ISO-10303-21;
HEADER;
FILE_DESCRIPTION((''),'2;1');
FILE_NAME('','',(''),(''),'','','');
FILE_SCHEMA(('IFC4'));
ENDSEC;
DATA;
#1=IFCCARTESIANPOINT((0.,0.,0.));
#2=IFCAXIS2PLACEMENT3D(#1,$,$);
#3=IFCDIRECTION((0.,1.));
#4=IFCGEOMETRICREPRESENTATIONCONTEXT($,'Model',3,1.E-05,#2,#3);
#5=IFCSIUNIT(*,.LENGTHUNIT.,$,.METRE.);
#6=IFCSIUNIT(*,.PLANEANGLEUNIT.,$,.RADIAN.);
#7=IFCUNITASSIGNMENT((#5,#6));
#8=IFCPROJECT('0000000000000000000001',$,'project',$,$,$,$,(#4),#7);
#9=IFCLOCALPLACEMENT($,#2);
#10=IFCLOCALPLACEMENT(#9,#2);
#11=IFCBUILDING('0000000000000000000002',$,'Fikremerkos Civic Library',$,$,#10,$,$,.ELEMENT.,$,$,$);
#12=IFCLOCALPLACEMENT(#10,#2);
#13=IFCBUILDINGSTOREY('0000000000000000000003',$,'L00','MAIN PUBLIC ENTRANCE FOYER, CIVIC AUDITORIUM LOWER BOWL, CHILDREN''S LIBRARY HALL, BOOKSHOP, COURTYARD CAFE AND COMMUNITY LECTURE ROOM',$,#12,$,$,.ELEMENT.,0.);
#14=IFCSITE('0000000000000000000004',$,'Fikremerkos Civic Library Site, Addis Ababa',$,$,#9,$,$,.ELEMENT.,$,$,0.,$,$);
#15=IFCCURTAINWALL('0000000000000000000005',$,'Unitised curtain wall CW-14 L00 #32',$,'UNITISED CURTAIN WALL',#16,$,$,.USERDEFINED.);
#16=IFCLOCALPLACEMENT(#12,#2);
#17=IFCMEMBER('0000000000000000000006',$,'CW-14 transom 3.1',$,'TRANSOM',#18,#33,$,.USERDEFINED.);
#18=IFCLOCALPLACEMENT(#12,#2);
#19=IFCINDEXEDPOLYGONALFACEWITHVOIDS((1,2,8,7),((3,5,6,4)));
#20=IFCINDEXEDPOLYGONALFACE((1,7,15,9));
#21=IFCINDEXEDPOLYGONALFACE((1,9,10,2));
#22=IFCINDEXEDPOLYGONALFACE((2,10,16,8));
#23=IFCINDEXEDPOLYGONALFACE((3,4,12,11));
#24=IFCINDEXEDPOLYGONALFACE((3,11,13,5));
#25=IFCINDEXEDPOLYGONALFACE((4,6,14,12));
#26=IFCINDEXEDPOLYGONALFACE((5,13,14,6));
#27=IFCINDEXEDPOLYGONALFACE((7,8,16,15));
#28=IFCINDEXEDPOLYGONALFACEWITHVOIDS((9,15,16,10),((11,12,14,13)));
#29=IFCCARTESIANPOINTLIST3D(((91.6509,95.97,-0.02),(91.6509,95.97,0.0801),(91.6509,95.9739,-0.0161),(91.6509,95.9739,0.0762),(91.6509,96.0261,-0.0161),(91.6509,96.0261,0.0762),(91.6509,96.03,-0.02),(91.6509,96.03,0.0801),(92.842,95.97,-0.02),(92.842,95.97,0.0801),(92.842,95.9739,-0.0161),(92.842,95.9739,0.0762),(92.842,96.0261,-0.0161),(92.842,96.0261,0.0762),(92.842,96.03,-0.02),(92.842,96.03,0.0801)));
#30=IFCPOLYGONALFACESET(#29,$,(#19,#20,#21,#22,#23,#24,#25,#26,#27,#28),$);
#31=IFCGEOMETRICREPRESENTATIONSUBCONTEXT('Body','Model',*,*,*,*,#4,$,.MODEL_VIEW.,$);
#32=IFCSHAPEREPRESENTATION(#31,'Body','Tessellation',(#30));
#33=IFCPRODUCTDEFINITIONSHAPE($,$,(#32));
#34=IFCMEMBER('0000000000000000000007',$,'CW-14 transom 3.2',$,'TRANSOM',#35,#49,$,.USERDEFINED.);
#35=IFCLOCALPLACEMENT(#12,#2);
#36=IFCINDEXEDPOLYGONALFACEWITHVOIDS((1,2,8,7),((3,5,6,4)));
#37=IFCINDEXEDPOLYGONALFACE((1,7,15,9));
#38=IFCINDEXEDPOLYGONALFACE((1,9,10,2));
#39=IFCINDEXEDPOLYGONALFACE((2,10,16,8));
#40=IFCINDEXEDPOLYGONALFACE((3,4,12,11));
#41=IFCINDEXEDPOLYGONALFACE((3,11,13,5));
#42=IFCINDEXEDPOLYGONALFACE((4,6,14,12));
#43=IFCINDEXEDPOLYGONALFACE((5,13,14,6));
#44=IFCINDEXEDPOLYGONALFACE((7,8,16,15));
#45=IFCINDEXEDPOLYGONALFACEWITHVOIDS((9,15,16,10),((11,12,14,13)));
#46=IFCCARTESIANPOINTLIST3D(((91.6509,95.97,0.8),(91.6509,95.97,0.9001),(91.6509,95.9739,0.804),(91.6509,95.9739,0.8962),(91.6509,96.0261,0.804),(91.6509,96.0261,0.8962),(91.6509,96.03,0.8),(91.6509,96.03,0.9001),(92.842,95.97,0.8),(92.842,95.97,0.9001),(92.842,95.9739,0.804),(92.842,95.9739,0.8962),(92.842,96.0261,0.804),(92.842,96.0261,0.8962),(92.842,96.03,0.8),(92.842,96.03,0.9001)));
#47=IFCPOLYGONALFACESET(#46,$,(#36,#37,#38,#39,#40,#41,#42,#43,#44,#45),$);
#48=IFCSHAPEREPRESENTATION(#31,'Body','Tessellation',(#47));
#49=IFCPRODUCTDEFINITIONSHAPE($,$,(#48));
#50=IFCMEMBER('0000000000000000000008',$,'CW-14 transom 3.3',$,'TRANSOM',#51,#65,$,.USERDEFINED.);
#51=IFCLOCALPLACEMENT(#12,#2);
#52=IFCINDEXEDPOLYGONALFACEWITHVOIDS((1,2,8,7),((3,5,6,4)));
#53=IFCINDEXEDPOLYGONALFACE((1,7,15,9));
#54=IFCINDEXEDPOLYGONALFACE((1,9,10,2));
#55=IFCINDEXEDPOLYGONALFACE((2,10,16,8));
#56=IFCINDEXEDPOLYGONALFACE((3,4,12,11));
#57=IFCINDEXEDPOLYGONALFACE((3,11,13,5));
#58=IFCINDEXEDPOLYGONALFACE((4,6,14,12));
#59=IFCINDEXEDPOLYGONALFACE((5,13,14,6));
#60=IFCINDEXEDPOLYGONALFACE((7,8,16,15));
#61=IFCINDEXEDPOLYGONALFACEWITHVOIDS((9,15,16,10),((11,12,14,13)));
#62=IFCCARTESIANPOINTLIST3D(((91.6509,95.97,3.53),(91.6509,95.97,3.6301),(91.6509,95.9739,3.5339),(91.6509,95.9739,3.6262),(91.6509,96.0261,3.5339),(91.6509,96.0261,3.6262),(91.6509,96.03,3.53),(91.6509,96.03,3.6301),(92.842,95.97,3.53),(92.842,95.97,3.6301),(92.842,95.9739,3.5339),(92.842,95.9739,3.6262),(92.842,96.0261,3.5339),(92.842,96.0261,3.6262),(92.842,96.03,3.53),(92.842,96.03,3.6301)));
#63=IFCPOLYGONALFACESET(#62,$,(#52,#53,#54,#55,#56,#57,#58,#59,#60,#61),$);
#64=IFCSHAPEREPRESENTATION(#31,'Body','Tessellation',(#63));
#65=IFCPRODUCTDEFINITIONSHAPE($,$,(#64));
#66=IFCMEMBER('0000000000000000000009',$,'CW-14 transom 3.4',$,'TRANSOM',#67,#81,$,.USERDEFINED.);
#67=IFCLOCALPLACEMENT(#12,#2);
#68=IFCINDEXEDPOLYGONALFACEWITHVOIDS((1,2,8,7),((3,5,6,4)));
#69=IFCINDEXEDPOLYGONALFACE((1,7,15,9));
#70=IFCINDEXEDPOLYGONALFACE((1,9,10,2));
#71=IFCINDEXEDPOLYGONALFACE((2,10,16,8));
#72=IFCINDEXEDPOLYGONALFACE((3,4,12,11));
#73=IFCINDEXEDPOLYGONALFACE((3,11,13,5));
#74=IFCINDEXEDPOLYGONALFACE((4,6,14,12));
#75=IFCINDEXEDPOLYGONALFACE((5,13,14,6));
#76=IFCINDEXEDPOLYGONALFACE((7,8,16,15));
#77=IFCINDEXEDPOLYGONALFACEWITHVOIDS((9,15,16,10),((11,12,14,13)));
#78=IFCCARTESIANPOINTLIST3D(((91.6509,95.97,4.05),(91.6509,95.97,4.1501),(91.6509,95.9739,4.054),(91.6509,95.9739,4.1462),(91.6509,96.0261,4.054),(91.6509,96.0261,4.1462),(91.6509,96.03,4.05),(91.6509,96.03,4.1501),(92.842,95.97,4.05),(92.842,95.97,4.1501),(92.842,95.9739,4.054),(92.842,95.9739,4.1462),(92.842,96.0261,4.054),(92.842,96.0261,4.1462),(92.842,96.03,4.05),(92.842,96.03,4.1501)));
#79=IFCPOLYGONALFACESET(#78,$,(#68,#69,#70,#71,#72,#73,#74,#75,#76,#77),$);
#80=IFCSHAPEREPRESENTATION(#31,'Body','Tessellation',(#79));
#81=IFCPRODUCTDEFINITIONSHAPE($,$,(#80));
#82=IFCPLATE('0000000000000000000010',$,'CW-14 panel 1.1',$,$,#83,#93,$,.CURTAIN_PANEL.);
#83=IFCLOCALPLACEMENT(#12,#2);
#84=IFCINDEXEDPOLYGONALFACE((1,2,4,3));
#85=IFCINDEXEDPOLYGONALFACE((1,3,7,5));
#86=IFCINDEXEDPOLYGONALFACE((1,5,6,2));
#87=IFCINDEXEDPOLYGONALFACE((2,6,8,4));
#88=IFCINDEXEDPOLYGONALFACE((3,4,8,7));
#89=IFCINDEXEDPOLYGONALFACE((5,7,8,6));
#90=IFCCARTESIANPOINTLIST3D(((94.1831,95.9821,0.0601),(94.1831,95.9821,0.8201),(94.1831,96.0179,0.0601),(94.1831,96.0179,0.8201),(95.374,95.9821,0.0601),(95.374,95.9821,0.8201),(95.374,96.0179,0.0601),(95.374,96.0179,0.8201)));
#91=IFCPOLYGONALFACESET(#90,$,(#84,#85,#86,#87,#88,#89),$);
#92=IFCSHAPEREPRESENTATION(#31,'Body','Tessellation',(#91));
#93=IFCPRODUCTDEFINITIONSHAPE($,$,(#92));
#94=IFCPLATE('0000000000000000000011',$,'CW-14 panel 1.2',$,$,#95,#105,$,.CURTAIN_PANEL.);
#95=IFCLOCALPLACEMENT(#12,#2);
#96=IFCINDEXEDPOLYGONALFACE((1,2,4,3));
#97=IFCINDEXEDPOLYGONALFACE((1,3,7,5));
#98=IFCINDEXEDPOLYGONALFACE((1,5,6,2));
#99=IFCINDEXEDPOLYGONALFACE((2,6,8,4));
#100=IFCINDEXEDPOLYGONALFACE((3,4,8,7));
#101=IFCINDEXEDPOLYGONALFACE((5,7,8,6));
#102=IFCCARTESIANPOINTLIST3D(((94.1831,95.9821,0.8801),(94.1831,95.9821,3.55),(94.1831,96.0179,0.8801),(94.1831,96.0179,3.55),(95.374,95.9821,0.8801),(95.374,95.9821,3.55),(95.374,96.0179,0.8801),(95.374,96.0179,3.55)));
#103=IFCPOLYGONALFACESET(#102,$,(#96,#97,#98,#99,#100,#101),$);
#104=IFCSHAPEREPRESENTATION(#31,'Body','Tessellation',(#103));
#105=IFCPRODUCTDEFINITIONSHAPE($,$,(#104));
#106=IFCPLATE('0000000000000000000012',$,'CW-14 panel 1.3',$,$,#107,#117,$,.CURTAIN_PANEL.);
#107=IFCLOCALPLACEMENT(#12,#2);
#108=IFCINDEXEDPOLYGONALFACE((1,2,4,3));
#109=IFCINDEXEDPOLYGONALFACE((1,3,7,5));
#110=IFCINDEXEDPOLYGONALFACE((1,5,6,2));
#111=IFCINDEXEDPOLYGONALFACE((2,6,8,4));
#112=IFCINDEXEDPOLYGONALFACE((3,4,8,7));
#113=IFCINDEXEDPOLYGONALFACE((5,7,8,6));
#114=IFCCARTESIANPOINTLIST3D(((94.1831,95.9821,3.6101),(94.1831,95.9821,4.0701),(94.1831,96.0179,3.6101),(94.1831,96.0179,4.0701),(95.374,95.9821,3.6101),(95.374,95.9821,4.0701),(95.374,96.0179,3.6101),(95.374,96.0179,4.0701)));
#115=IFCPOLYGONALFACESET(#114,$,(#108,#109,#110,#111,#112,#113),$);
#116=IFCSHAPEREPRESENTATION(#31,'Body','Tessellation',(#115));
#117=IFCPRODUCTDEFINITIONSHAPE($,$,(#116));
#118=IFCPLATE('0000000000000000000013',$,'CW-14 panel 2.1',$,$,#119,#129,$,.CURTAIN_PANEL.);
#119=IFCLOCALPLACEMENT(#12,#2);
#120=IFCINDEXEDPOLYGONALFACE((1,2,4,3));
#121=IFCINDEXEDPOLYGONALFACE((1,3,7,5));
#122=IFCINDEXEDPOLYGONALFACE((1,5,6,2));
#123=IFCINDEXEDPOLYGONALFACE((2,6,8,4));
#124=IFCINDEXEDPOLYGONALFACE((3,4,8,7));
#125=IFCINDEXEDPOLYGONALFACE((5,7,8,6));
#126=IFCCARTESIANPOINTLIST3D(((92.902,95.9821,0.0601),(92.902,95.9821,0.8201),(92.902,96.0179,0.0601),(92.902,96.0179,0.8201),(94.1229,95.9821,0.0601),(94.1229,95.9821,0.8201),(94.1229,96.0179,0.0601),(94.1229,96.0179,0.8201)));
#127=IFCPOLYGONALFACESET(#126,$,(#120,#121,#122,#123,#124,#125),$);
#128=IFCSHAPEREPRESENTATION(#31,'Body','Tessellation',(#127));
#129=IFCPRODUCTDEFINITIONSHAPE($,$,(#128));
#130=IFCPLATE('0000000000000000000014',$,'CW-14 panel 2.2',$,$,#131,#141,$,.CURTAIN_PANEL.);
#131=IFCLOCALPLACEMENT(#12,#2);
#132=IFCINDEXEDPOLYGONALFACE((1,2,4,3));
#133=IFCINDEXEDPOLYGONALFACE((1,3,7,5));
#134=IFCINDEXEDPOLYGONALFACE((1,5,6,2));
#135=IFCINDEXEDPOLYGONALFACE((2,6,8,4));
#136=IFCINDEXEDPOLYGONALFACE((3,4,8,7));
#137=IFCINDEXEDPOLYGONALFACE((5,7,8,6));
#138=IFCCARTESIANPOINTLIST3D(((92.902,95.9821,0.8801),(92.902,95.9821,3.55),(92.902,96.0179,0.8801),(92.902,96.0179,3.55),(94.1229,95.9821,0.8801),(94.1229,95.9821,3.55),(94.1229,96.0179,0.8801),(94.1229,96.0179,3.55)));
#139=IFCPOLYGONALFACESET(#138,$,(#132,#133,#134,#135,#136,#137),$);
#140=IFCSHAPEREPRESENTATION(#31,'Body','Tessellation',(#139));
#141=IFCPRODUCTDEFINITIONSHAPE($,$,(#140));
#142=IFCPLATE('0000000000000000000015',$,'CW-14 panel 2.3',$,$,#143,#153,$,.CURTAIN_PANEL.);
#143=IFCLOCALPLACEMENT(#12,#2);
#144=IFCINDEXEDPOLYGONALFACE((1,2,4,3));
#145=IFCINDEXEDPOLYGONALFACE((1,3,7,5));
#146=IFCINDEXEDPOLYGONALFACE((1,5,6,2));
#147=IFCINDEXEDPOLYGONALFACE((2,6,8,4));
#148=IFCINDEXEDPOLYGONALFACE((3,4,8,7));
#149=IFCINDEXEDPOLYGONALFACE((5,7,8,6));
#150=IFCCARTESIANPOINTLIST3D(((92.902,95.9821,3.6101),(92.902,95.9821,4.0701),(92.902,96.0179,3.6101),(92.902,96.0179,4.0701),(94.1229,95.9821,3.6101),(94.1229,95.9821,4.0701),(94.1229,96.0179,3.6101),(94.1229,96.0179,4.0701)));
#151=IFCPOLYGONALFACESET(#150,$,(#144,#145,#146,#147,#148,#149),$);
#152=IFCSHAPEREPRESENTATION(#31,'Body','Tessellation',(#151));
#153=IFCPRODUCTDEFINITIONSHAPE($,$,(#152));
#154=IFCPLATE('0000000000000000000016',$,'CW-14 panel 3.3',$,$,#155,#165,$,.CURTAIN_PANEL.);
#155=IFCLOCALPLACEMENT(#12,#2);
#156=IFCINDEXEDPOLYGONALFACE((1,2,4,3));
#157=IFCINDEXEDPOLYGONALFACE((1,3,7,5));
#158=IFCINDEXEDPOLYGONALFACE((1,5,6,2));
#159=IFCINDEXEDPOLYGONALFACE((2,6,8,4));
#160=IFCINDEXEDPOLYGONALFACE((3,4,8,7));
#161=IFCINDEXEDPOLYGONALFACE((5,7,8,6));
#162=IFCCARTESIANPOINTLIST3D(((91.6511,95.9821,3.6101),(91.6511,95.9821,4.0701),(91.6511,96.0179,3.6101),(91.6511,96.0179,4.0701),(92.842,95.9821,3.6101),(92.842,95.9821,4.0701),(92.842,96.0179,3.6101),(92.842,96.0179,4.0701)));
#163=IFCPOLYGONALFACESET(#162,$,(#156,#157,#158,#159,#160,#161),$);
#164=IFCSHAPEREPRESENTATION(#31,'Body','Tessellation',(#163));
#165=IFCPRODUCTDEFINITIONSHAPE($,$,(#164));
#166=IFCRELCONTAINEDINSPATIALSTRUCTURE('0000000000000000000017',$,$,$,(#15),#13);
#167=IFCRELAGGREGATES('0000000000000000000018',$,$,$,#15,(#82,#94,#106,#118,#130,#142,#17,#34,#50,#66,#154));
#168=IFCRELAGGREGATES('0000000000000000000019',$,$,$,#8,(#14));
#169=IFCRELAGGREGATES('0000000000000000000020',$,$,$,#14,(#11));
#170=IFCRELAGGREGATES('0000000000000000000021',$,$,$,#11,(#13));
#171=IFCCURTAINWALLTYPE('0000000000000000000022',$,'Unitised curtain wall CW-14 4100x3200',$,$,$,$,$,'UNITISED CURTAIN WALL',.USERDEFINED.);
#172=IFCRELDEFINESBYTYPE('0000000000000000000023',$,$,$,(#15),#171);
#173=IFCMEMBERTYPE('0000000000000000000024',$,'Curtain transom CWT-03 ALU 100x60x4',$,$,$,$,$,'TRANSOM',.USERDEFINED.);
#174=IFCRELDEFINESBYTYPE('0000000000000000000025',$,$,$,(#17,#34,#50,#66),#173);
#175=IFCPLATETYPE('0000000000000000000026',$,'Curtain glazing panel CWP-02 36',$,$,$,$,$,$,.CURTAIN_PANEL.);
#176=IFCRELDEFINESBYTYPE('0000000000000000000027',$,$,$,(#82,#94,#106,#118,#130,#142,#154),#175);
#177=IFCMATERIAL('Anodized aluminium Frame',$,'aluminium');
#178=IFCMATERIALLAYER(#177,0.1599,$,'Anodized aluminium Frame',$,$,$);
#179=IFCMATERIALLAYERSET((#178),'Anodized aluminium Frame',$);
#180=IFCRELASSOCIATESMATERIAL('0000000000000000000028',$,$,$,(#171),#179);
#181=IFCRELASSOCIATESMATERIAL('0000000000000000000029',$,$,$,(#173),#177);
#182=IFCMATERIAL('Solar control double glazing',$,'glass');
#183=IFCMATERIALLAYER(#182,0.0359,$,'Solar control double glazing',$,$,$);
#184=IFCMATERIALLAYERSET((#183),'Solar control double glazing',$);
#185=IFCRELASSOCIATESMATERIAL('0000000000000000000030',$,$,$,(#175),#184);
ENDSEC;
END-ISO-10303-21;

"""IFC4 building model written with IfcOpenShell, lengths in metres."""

from ifc_helpers import new_model, si_unit, direction, frame, origin, origin_2d, place, context, subcontext, project, spatial, rectangle, hollow_rectangle, extrude, material, layer, layer_set, material_profile, profile_set, type_object, element, aggregate, save


model = new_model("IFC4")

# Units and contexts
model_context = context("Model", 3, precision=1e-05, world=origin(), true_north=direction((0.0, 1.0)))
body_context = subcontext(model_context, "Body", "Model", "MODEL_VIEW")
ifc_project = project(units=[si_unit("LENGTHUNIT", "METRE"), si_unit("PLANEANGLEUNIT", "RADIAN")], contexts=[model_context])

# Site, building, storey
site_placement = place(None, origin())
site = spatial("IfcSite", under=ifc_project, at=site_placement, Name="Fikremerkos Civic Library Site, Addis Ababa", CompositionType="ELEMENT", RefElevation=0.0)
building_placement = place(site_placement, origin())
building = spatial("IfcBuilding", under=site, at=building_placement, Name="Fikremerkos Civic Library", CompositionType="ELEMENT")
storey_placement = place(building_placement, origin())
storey = spatial("IfcBuildingStorey", under=building, at=storey_placement, Name="L00", Description="MAIN PUBLIC ENTRANCE FOYER, CIVIC AUDITORIUM LOWER BOWL, CHILDREN'S LIBRARY HALL, BOOKSHOP, COURTYARD CAFE AND COMMUNITY LECTURE ROOM", CompositionType="ELEMENT", Elevation=0.0)

# Curtain wall, members, plates
ifc_material_1 = material(Name="Anodized aluminium Frame", Category="aluminium")
ifc_layer_1 = layer(ifc_material_1, 0.1599, Name="Anodized aluminium Frame")
ifc_layer_set_1 = layer_set([ifc_layer_1], Name="Anodized aluminium Frame")
curtain_wall_type = type_object("IfcCurtainWallType", Name="Unitised curtain wall CW-14 4100x3200", ElementType="UNITISED CURTAIN WALL", PredefinedType="USERDEFINED", material=ifc_layer_set_1)
curtain_wall_placement = place(storey_placement, origin())
curtain_wall = element("IfcCurtainWall", 1, at=curtain_wall_placement, inside=storey, type_object=curtain_wall_type, Name="Unitised curtain wall CW-14 L00 #32", ObjectType="UNITISED CURTAIN WALL", PredefinedType="USERDEFINED")
ifc_material_profile_1 = material_profile(ifc_material_1, hollow_rectangle(XDim=0.0601, YDim=0.1001, WallThickness=0.0039, at=origin_2d()), Name="ALU 100x60x4")
ifc_profile_set_1 = profile_set([ifc_material_profile_1], Name="Anodized aluminium Frame")
member_type_1 = type_object("IfcMemberType", Name="Curtain transom CWT-03 ALU 100x60x4", ElementType="TRANSOM", PredefinedType="USERDEFINED", material=ifc_profile_set_1)
member_1_placement = place(storey_placement, frame((92.842, 96.0, 0.03), z_axis=(-1.0, 0.0, 0.0), x_axis=(0.0, -1.0, 0.0)))
member_1 = element("IfcMember", 2, at=member_1_placement, type_object=member_type_1, Name="CW-14 transom 3.1", ObjectType="TRANSOM", PredefinedType="USERDEFINED", context=body_context, shape_type="SweptSolid", body=[
    extrude(hollow_rectangle(XDim=0.0601, YDim=0.1001, WallThickness=0.0039, at=origin_2d()), origin(), (0.0, 0.0, 1.0), 1.1912),
])
member_2_placement = place(storey_placement, frame((92.842, 96.0, 0.8501), z_axis=(-1.0, 0.0, 0.0), x_axis=(0.0, -1.0, 0.0)))
member_2 = element("IfcMember", 3, at=member_2_placement, type_object=member_type_1, Name="CW-14 transom 3.2", ObjectType="TRANSOM", PredefinedType="USERDEFINED", context=body_context, shape_type="SweptSolid", body=[
    extrude(hollow_rectangle(XDim=0.0601, YDim=0.1001, WallThickness=0.0039, at=origin_2d()), origin(), (0.0, 0.0, 1.0), 1.1912),
])
member_3_placement = place(storey_placement, frame((92.842, 96.0, 3.5801), z_axis=(-1.0, 0.0, 0.0), x_axis=(0.0, -1.0, 0.0)))
member_3 = element("IfcMember", 4, at=member_3_placement, type_object=member_type_1, Name="CW-14 transom 3.3", ObjectType="TRANSOM", PredefinedType="USERDEFINED", context=body_context, shape_type="SweptSolid", body=[
    extrude(hollow_rectangle(XDim=0.0601, YDim=0.1001, WallThickness=0.0039, at=origin_2d()), origin(), (0.0, 0.0, 1.0), 1.1912),
])
member_4_placement = place(storey_placement, frame((92.842, 96.0, 4.1001), z_axis=(-1.0, 0.0, 0.0), x_axis=(0.0, -1.0, 0.0)))
member_4 = element("IfcMember", 5, at=member_4_placement, type_object=member_type_1, Name="CW-14 transom 3.4", ObjectType="TRANSOM", PredefinedType="USERDEFINED", context=body_context, shape_type="SweptSolid", body=[
    extrude(hollow_rectangle(XDim=0.0601, YDim=0.1001, WallThickness=0.0039, at=origin_2d()), origin(), (0.0, 0.0, 1.0), 1.1912),
])
ifc_material_2 = material(Name="Solar control double glazing", Category="glass")
ifc_layer_2 = layer(ifc_material_2, 0.0359, Name="Solar control double glazing")
ifc_layer_set_2 = layer_set([ifc_layer_2], Name="Solar control double glazing")
plate_type = type_object("IfcPlateType", Name="Curtain glazing panel CWP-02 36", PredefinedType="CURTAIN_PANEL", material=ifc_layer_set_2)
plate_1_placement = place(storey_placement, frame((94.7786, 96.0, 0.0601), z_axis=(0.0, 0.0, 1.0), x_axis=(-1.0, 0.0, 0.0)))
plate_1 = element("IfcPlate", 6, at=plate_1_placement, type_object=plate_type, Name="CW-14 panel 1.1", PredefinedType="CURTAIN_PANEL", context=body_context, shape_type="SweptSolid", body=[
    extrude(rectangle(XDim=1.1909, YDim=0.0359, at=origin_2d()), origin(), (0.0, 0.0, 1.0), 0.76),
])
plate_2_placement = place(storey_placement, frame((94.7786, 96.0, 0.8801), z_axis=(0.0, 0.0, 1.0), x_axis=(-1.0, 0.0, 0.0)))
plate_2 = element("IfcPlate", 7, at=plate_2_placement, type_object=plate_type, Name="CW-14 panel 1.2", PredefinedType="CURTAIN_PANEL", context=body_context, shape_type="SweptSolid", body=[
    extrude(rectangle(XDim=1.1909, YDim=0.0359, at=origin_2d()), origin(), (0.0, 0.0, 1.0), 2.6699),
])
plate_3_placement = place(storey_placement, frame((94.7786, 96.0, 3.6101), z_axis=(0.0, 0.0, 1.0), x_axis=(-1.0, 0.0, 0.0)))
plate_3 = element("IfcPlate", 8, at=plate_3_placement, type_object=plate_type, Name="CW-14 panel 1.3", PredefinedType="CURTAIN_PANEL", context=body_context, shape_type="SweptSolid", body=[
    extrude(rectangle(XDim=1.1909, YDim=0.0359, at=origin_2d()), origin(), (0.0, 0.0, 1.0), 0.46),
])
plate_4_placement = place(storey_placement, frame((93.5125, 96.0, 0.0601), z_axis=(0.0, 0.0, 1.0), x_axis=(-1.0, 0.0, 0.0)))
plate_4 = element("IfcPlate", 9, at=plate_4_placement, type_object=plate_type, Name="CW-14 panel 2.1", PredefinedType="CURTAIN_PANEL", context=body_context, shape_type="SweptSolid", body=[
    extrude(rectangle(XDim=1.2209, YDim=0.0359, at=origin_2d()), origin(), (0.0, 0.0, 1.0), 0.76),
])
plate_5_placement = place(storey_placement, frame((93.5125, 96.0, 0.8801), z_axis=(0.0, 0.0, 1.0), x_axis=(-1.0, 0.0, 0.0)))
plate_5 = element("IfcPlate", 10, at=plate_5_placement, type_object=plate_type, Name="CW-14 panel 2.2", PredefinedType="CURTAIN_PANEL", context=body_context, shape_type="SweptSolid", body=[
    extrude(rectangle(XDim=1.2209, YDim=0.0359, at=origin_2d()), origin(), (0.0, 0.0, 1.0), 2.6699),
])
plate_6_placement = place(storey_placement, frame((93.5125, 96.0, 3.6101), z_axis=(0.0, 0.0, 1.0), x_axis=(-1.0, 0.0, 0.0)))
plate_6 = element("IfcPlate", 11, at=plate_6_placement, type_object=plate_type, Name="CW-14 panel 2.3", PredefinedType="CURTAIN_PANEL", context=body_context, shape_type="SweptSolid", body=[
    extrude(rectangle(XDim=1.2209, YDim=0.0359, at=origin_2d()), origin(), (0.0, 0.0, 1.0), 0.46),
])
plate_7_placement = place(storey_placement, frame((92.2466, 96.0, 3.6101), z_axis=(0.0, 0.0, 1.0), x_axis=(-1.0, 0.0, 0.0)))
plate_7 = element("IfcPlate", 12, at=plate_7_placement, type_object=plate_type, Name="CW-14 panel 3.3", PredefinedType="CURTAIN_PANEL", context=body_context, shape_type="SweptSolid", body=[
    extrude(rectangle(XDim=1.1909, YDim=0.0359, at=origin_2d()), origin(), (0.0, 0.0, 1.0), 0.46),
])
aggregate(curtain_wall, [plate_1, plate_2, plate_3, plate_4, plate_5, plate_6, member_1, member_2, member_3, member_4, plate_7])

save(model, "model.ifc")
